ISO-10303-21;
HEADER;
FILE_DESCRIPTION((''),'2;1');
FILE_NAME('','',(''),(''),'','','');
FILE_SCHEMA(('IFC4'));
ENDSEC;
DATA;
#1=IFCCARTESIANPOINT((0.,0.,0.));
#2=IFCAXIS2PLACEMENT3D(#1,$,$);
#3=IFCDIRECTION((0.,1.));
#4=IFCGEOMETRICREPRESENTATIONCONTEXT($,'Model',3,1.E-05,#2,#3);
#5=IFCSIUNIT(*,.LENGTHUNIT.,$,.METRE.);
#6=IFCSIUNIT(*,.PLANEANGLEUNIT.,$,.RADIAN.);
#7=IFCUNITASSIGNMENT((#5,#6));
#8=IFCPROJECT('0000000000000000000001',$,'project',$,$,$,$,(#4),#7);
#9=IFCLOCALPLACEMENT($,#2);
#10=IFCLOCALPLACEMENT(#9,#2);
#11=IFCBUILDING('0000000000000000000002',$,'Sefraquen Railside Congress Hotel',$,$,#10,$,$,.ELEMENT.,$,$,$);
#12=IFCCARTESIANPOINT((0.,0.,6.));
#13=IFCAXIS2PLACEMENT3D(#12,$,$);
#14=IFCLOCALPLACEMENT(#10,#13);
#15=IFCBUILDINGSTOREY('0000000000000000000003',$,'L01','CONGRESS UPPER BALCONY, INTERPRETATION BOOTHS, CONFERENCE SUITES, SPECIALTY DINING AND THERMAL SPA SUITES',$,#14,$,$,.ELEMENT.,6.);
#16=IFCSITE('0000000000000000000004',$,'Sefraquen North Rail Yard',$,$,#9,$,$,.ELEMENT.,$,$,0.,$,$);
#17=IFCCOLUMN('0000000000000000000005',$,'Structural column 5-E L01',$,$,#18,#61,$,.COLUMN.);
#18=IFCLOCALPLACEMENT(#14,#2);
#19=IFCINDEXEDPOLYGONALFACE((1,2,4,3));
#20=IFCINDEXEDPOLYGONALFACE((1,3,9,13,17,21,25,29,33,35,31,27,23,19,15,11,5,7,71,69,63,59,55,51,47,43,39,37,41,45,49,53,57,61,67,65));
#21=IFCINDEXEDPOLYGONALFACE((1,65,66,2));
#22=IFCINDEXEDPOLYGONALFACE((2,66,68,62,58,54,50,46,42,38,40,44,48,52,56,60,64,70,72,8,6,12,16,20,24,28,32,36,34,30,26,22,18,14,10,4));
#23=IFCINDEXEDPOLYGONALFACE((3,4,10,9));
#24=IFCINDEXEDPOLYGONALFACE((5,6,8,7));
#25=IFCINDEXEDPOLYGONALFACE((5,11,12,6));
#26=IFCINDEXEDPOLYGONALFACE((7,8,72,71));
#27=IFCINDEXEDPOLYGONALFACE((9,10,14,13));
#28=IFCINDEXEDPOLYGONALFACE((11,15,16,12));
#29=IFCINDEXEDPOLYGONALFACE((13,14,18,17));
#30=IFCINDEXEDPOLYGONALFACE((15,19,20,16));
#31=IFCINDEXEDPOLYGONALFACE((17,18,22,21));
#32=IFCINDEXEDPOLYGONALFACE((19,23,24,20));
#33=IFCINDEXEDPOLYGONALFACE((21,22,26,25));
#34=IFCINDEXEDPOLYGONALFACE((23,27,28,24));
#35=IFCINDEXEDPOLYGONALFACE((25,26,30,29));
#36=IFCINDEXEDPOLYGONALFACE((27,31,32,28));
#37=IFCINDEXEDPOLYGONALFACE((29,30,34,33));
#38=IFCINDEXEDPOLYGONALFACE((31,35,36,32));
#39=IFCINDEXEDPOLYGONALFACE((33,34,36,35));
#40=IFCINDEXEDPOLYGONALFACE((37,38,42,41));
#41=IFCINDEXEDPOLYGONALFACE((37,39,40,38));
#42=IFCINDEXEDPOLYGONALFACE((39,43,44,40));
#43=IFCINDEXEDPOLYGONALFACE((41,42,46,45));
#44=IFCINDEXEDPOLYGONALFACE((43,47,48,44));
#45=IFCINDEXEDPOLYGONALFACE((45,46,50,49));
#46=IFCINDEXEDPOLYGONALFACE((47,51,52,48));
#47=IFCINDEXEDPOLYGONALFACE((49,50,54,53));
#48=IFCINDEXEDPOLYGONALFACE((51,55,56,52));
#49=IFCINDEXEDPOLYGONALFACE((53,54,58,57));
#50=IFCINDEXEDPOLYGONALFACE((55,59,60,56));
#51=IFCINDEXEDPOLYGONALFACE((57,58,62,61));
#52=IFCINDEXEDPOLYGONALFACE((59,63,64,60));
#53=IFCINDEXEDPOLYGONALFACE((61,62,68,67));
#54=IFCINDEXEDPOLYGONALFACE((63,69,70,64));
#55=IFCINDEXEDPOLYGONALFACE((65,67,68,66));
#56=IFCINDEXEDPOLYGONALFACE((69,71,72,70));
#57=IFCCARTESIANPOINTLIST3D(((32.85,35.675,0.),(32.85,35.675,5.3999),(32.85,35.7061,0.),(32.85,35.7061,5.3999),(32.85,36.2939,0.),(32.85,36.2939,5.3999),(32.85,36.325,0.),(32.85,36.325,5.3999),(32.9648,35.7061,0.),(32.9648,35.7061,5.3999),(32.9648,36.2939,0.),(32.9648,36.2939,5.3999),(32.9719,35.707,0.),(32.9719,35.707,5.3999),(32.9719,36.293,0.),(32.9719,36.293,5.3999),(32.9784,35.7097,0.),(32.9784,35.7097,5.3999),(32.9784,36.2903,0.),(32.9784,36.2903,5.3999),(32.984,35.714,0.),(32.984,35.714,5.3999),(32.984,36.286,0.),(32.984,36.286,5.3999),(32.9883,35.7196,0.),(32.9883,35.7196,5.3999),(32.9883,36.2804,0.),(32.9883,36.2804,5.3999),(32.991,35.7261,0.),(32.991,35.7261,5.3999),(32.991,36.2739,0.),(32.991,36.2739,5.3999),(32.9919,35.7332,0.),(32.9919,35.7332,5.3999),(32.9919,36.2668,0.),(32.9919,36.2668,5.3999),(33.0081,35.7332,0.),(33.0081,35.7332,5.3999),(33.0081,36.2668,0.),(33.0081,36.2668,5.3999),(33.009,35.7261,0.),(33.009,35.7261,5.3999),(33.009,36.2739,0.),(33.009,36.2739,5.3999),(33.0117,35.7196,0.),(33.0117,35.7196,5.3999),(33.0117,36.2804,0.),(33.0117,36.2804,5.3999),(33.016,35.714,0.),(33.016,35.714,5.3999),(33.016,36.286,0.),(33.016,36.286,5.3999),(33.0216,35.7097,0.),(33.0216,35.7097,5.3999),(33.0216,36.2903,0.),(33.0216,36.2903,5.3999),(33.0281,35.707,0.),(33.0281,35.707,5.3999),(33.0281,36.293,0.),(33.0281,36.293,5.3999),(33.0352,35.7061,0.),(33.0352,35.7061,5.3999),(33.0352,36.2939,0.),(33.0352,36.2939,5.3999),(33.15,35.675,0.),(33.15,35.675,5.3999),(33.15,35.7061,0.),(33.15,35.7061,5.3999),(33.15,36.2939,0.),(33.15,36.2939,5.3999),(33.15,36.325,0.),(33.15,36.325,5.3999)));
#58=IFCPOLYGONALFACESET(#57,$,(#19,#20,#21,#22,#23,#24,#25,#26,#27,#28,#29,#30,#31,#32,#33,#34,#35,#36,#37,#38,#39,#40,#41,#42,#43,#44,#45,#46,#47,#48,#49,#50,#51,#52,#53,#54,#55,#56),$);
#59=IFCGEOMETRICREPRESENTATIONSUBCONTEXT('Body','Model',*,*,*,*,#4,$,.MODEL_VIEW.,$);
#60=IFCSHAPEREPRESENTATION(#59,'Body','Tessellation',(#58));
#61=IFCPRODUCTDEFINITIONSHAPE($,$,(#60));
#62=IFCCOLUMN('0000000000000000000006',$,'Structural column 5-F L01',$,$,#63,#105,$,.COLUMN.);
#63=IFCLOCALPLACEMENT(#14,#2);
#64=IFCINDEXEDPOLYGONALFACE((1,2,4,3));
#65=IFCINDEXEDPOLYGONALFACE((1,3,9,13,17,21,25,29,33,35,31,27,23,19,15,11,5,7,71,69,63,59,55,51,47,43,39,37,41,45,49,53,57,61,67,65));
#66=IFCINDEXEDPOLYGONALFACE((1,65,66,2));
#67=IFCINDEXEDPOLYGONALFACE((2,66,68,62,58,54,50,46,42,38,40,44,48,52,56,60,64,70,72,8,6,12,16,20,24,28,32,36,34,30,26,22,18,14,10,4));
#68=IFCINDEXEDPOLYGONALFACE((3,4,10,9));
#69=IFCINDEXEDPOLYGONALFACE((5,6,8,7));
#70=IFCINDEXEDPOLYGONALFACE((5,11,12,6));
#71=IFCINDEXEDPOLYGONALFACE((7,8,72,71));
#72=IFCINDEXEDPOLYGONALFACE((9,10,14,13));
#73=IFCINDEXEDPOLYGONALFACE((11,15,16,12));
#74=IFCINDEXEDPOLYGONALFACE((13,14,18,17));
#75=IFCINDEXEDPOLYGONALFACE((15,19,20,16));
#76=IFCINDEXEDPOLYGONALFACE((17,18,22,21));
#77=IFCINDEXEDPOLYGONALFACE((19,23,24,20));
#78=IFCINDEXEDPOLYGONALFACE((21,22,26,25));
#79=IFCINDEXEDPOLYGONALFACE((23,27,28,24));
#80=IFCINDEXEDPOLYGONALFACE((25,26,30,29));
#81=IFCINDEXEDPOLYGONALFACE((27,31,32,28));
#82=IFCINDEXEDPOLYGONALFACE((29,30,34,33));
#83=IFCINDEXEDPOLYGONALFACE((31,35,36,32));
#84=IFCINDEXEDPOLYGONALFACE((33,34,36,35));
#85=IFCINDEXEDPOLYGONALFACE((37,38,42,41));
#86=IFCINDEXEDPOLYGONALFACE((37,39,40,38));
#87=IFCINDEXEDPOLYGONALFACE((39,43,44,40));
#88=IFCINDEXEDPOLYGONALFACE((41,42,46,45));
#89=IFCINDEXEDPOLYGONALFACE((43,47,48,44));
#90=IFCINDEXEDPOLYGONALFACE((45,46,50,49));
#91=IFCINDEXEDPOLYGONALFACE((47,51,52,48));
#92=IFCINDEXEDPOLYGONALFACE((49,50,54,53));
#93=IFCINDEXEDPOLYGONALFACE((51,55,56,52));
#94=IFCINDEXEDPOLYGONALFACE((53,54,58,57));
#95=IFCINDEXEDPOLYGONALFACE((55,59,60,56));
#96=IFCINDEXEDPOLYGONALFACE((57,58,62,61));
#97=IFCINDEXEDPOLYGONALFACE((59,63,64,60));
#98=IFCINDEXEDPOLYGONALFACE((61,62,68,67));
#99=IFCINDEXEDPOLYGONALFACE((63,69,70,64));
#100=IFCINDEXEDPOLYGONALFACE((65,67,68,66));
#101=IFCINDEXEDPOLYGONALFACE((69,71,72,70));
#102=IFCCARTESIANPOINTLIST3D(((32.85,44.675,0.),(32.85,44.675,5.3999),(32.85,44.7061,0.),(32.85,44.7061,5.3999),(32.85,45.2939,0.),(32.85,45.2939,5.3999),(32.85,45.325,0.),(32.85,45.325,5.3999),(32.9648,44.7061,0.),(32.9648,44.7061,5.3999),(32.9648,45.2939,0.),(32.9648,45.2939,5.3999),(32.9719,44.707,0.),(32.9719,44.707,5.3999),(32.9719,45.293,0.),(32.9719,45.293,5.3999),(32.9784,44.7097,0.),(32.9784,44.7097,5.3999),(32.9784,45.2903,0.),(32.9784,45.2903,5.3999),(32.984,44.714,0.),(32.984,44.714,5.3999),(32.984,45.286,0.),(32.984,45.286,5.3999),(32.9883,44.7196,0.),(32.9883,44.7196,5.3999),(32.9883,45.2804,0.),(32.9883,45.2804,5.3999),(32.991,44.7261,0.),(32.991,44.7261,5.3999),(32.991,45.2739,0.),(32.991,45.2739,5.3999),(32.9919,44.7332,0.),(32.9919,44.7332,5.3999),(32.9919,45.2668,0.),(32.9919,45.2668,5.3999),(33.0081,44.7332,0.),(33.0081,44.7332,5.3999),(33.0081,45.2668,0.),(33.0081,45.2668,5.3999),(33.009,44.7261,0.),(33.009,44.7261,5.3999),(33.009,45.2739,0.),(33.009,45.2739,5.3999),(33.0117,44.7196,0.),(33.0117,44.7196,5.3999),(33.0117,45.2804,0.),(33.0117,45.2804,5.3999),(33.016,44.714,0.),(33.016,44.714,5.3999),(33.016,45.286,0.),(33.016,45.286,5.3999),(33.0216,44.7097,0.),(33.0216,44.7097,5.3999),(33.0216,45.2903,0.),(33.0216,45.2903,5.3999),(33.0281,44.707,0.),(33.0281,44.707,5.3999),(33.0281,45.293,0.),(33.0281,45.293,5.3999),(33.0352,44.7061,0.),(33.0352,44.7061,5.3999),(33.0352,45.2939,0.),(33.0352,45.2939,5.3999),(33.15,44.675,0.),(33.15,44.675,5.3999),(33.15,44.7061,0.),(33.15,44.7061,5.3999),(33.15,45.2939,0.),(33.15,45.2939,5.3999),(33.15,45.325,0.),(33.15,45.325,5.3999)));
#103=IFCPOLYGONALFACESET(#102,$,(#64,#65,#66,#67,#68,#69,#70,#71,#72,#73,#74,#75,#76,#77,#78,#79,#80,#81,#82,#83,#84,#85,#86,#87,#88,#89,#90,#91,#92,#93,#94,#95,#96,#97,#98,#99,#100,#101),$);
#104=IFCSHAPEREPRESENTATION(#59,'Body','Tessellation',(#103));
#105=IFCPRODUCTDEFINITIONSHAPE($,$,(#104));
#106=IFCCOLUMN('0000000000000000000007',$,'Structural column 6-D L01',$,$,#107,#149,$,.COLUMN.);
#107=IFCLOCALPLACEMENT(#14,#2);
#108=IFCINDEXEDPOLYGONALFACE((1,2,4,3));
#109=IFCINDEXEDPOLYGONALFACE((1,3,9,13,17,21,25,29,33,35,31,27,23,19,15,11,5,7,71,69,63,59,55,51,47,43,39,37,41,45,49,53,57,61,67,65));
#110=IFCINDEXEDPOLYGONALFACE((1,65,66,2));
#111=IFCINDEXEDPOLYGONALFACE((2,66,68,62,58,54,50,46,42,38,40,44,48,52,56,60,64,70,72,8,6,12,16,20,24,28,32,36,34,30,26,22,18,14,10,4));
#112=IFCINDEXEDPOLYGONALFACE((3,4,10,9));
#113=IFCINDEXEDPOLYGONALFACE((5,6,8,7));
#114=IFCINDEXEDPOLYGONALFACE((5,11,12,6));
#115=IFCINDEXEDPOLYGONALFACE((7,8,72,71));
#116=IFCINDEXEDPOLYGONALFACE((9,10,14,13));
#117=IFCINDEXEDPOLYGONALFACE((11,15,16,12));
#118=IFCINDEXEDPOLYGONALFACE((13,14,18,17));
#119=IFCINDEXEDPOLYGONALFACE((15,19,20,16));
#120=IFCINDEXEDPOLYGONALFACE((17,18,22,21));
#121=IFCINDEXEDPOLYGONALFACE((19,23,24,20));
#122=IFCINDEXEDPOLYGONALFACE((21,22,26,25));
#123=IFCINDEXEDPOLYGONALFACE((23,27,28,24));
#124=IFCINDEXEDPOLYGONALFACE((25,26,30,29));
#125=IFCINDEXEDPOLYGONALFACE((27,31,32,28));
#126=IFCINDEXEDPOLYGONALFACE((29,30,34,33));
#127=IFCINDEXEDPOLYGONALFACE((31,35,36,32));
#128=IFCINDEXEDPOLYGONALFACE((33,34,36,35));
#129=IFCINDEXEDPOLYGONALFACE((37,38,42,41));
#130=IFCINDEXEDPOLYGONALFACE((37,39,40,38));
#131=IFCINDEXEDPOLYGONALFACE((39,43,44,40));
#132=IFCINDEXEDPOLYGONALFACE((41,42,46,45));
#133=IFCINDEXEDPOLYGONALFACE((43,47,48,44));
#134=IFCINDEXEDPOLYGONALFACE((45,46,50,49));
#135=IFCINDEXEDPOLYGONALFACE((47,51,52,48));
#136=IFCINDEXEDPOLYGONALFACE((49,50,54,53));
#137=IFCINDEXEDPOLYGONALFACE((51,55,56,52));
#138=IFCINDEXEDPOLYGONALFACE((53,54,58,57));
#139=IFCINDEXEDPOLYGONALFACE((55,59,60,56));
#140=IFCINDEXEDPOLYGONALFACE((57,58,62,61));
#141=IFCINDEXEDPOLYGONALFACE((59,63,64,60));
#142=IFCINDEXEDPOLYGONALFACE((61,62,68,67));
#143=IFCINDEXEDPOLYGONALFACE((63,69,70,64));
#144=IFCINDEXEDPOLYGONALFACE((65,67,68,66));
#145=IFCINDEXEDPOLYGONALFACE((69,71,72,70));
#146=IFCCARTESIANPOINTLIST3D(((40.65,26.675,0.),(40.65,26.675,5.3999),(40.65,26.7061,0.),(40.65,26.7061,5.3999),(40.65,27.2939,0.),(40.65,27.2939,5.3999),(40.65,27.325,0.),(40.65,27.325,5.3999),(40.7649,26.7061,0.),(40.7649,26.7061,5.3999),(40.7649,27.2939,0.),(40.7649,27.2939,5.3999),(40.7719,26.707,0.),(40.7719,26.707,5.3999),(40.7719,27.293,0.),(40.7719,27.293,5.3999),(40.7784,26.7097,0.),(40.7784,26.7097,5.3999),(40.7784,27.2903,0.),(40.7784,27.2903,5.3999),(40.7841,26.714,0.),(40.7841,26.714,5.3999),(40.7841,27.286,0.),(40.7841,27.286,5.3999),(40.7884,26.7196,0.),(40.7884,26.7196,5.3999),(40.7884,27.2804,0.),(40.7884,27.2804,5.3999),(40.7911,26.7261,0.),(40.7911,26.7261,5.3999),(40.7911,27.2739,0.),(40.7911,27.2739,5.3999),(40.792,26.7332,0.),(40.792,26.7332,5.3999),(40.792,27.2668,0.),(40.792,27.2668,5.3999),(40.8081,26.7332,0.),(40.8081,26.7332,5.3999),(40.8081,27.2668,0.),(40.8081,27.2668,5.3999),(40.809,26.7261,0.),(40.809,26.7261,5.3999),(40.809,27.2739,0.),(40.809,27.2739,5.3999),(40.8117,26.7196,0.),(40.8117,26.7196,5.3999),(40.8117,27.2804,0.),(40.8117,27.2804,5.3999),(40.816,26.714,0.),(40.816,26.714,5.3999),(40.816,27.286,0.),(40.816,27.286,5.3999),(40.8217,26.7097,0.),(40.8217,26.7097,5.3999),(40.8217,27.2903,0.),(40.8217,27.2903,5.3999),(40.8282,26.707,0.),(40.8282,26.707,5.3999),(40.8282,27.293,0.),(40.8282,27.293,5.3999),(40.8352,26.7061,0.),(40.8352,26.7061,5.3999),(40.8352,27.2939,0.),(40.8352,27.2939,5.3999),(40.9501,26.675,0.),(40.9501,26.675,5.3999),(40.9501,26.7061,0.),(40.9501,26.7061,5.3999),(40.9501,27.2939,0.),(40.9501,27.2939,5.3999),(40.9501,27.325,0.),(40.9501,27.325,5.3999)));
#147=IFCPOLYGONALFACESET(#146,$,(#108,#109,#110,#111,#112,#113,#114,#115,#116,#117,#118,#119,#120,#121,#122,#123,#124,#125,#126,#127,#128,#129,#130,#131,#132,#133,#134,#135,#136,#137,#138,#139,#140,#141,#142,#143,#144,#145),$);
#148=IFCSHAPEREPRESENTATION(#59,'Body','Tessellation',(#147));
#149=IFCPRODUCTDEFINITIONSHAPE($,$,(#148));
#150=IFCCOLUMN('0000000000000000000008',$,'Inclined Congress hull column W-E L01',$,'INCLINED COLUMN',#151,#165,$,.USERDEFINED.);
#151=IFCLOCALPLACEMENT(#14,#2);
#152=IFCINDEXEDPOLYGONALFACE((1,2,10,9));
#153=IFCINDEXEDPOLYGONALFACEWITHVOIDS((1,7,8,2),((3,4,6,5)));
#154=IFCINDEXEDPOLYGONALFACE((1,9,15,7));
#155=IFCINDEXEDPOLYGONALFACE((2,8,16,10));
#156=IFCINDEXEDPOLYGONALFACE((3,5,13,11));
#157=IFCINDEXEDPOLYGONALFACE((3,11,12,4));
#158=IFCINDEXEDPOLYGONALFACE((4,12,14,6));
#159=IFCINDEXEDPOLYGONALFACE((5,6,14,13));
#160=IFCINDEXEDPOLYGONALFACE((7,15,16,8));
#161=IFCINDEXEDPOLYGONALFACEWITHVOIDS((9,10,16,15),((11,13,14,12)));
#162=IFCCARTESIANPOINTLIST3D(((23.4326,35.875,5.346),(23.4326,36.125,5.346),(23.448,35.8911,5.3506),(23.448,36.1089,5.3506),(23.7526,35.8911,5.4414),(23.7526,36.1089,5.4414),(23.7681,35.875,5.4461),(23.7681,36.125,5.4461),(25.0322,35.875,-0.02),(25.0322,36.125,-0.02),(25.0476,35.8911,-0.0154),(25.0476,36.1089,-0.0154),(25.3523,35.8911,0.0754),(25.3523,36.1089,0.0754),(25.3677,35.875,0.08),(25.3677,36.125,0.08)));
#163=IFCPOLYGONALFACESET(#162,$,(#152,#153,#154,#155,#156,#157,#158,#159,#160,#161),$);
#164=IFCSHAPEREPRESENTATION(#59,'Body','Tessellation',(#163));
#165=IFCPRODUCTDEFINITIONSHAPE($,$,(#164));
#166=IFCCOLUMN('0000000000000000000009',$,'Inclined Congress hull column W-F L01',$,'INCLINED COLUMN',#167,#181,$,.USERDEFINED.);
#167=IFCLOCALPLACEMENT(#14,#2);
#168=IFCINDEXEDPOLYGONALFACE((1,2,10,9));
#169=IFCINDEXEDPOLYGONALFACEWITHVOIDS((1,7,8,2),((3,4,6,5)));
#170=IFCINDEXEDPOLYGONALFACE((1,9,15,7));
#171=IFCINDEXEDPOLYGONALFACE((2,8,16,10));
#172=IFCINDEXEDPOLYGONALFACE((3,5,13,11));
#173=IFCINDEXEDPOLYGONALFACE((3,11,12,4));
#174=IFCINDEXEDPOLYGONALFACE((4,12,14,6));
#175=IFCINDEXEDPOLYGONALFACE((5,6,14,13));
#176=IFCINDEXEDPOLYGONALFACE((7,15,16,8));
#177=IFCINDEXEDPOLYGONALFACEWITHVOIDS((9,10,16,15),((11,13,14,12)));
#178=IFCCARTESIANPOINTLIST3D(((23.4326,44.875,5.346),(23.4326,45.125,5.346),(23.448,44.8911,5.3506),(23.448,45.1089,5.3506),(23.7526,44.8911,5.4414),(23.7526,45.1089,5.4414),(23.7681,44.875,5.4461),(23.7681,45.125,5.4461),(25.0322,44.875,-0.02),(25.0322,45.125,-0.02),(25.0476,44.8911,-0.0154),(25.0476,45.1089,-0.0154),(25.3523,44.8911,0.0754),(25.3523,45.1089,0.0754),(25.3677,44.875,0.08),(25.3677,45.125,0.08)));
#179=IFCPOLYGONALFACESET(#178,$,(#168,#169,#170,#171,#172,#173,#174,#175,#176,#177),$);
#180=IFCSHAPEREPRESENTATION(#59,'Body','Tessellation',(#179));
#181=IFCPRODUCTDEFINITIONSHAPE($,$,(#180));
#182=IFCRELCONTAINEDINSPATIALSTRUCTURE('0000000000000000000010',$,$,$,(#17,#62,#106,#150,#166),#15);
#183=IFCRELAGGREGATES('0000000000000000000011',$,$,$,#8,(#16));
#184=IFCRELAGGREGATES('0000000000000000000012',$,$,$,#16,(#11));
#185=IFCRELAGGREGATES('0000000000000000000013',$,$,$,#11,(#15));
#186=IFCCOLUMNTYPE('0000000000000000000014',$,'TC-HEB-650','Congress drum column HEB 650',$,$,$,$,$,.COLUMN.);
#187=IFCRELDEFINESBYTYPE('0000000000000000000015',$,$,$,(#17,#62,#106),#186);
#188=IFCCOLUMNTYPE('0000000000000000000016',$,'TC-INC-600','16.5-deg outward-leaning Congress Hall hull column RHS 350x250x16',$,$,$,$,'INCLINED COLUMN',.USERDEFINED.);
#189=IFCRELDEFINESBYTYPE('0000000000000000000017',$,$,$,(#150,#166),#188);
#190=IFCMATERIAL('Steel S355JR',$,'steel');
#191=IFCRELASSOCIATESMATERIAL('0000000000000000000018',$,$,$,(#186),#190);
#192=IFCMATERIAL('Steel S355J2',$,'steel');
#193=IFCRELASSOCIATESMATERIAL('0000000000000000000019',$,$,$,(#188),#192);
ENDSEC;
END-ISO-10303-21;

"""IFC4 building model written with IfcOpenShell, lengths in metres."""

from ifc_helpers import new_model, si_unit, direction, frame, origin, origin_2d, place, context, subcontext, project, spatial, hollow_rectangle, i_section, extrude, material, material_profile, profile_set, type_object, element, save


model = new_model("IFC4")

# Units and contexts
model_context = context("Model", 3, precision=1e-05, world=origin(), true_north=direction((0.0, 1.0)))
body_context = subcontext(model_context, "Body", "Model", "MODEL_VIEW")
ifc_project = project(units=[si_unit("LENGTHUNIT", "METRE"), si_unit("PLANEANGLEUNIT", "RADIAN")], contexts=[model_context])

# Site, building, storey
site_placement = place(None, origin())
site = spatial("IfcSite", under=ifc_project, at=site_placement, Name="Sefraquen North Rail Yard", CompositionType="ELEMENT", RefElevation=0.0)
building_placement = place(site_placement, origin())
building = spatial("IfcBuilding", under=site, at=building_placement, Name="Sefraquen Railside Congress Hotel", CompositionType="ELEMENT")
storey_placement = place(building_placement, frame((0.0, 0.0, 6.0)))
storey = spatial("IfcBuildingStorey", under=building, at=storey_placement, Name="L01", Description="CONGRESS UPPER BALCONY, INTERPRETATION BOOTHS, CONFERENCE SUITES, SPECIALTY DINING AND THERMAL SPA SUITES", CompositionType="ELEMENT", Elevation=6.0)

# Columns
ifc_material_1 = material(Name="Steel S355JR", Category="steel")
ifc_material_profile_1 = material_profile(ifc_material_1, i_section(OverallWidth=0.3, OverallDepth=0.6499, WebThickness=0.0161, FlangeThickness=0.031, FilletRadius=0.0271, at=origin_2d()), Name="HEB 650")
ifc_profile_set_1 = profile_set([ifc_material_profile_1], Name="Steel S355JR")
column_type_1 = type_object("IfcColumnType", Name="TC-HEB-650", Description="Congress drum column HEB 650", PredefinedType="COLUMN", material=ifc_profile_set_1)
for number, where, z_axis, x_axis, name in (
    (1, (33.0, 36.0, 0.0), (0.0, 0.0, 1.0), (1.0, 0.0, 0.0), "Structural column 5-E L01"),
    (2, (33.0, 45.0, 0.0), (0.0, 0.0, 1.0), (1.0, 0.0, 0.0), "Structural column 5-F L01"),
    (3, (40.8, 27.0, 0.0), (0.0, 0.0, 1.0), (1.0, 0.0, 0.0), "Structural column 6-D L01"),
):
    element("IfcColumn", number, at=place(storey_placement, frame(where, z_axis=z_axis, x_axis=x_axis)), inside=storey, type_object=column_type_1, Name=name, PredefinedType="COLUMN", context=body_context, shape_type="SweptSolid", body=[
        extrude(i_section(OverallWidth=0.3, OverallDepth=0.6499, WebThickness=0.0161, FlangeThickness=0.031, FilletRadius=0.0271, at=origin_2d()), origin(), (0.0, 0.0, 1.0), 5.3999),
    ])
ifc_material_2 = material(Name="Steel S355J2", Category="steel")
ifc_material_profile_2 = material_profile(ifc_material_2, hollow_rectangle(XDim=0.25, YDim=0.3501, WallThickness=0.0161, at=origin_2d()), Name="RHS 350x250x16")
ifc_profile_set_2 = profile_set([ifc_material_profile_2], Name="Steel S355J2")
column_type_2 = type_object("IfcColumnType", Name="TC-INC-600", Description="16.5-deg outward-leaning Congress Hall hull column RHS 350x250x16", ElementType="INCLINED COLUMN", PredefinedType="USERDEFINED", material=ifc_profile_set_2)
for number, where, z_axis, x_axis, name in (
    (4, (25.2, 36.0, 0.03), (-0.285679, 0.0, 0.958325), (0.0, -1.0, 0.0), "Inclined Congress hull column W-E L01"),
    (5, (25.2, 45.0, 0.03), (-0.285679, 0.0, 0.958325), (0.0, -1.0, 0.0), "Inclined Congress hull column W-F L01"),
):
    element("IfcColumn", number, at=place(storey_placement, frame(where, z_axis=z_axis, x_axis=x_axis)), inside=storey, type_object=column_type_2, Name=name, ObjectType="INCLINED COLUMN", PredefinedType="USERDEFINED", context=body_context, shape_type="SweptSolid", body=[
        extrude(hollow_rectangle(XDim=0.25, YDim=0.3501, WallThickness=0.0161, at=origin_2d()), origin(), (0.0, 0.0, 1.0), 5.5994),
    ])

save(model, "model.ifc")
